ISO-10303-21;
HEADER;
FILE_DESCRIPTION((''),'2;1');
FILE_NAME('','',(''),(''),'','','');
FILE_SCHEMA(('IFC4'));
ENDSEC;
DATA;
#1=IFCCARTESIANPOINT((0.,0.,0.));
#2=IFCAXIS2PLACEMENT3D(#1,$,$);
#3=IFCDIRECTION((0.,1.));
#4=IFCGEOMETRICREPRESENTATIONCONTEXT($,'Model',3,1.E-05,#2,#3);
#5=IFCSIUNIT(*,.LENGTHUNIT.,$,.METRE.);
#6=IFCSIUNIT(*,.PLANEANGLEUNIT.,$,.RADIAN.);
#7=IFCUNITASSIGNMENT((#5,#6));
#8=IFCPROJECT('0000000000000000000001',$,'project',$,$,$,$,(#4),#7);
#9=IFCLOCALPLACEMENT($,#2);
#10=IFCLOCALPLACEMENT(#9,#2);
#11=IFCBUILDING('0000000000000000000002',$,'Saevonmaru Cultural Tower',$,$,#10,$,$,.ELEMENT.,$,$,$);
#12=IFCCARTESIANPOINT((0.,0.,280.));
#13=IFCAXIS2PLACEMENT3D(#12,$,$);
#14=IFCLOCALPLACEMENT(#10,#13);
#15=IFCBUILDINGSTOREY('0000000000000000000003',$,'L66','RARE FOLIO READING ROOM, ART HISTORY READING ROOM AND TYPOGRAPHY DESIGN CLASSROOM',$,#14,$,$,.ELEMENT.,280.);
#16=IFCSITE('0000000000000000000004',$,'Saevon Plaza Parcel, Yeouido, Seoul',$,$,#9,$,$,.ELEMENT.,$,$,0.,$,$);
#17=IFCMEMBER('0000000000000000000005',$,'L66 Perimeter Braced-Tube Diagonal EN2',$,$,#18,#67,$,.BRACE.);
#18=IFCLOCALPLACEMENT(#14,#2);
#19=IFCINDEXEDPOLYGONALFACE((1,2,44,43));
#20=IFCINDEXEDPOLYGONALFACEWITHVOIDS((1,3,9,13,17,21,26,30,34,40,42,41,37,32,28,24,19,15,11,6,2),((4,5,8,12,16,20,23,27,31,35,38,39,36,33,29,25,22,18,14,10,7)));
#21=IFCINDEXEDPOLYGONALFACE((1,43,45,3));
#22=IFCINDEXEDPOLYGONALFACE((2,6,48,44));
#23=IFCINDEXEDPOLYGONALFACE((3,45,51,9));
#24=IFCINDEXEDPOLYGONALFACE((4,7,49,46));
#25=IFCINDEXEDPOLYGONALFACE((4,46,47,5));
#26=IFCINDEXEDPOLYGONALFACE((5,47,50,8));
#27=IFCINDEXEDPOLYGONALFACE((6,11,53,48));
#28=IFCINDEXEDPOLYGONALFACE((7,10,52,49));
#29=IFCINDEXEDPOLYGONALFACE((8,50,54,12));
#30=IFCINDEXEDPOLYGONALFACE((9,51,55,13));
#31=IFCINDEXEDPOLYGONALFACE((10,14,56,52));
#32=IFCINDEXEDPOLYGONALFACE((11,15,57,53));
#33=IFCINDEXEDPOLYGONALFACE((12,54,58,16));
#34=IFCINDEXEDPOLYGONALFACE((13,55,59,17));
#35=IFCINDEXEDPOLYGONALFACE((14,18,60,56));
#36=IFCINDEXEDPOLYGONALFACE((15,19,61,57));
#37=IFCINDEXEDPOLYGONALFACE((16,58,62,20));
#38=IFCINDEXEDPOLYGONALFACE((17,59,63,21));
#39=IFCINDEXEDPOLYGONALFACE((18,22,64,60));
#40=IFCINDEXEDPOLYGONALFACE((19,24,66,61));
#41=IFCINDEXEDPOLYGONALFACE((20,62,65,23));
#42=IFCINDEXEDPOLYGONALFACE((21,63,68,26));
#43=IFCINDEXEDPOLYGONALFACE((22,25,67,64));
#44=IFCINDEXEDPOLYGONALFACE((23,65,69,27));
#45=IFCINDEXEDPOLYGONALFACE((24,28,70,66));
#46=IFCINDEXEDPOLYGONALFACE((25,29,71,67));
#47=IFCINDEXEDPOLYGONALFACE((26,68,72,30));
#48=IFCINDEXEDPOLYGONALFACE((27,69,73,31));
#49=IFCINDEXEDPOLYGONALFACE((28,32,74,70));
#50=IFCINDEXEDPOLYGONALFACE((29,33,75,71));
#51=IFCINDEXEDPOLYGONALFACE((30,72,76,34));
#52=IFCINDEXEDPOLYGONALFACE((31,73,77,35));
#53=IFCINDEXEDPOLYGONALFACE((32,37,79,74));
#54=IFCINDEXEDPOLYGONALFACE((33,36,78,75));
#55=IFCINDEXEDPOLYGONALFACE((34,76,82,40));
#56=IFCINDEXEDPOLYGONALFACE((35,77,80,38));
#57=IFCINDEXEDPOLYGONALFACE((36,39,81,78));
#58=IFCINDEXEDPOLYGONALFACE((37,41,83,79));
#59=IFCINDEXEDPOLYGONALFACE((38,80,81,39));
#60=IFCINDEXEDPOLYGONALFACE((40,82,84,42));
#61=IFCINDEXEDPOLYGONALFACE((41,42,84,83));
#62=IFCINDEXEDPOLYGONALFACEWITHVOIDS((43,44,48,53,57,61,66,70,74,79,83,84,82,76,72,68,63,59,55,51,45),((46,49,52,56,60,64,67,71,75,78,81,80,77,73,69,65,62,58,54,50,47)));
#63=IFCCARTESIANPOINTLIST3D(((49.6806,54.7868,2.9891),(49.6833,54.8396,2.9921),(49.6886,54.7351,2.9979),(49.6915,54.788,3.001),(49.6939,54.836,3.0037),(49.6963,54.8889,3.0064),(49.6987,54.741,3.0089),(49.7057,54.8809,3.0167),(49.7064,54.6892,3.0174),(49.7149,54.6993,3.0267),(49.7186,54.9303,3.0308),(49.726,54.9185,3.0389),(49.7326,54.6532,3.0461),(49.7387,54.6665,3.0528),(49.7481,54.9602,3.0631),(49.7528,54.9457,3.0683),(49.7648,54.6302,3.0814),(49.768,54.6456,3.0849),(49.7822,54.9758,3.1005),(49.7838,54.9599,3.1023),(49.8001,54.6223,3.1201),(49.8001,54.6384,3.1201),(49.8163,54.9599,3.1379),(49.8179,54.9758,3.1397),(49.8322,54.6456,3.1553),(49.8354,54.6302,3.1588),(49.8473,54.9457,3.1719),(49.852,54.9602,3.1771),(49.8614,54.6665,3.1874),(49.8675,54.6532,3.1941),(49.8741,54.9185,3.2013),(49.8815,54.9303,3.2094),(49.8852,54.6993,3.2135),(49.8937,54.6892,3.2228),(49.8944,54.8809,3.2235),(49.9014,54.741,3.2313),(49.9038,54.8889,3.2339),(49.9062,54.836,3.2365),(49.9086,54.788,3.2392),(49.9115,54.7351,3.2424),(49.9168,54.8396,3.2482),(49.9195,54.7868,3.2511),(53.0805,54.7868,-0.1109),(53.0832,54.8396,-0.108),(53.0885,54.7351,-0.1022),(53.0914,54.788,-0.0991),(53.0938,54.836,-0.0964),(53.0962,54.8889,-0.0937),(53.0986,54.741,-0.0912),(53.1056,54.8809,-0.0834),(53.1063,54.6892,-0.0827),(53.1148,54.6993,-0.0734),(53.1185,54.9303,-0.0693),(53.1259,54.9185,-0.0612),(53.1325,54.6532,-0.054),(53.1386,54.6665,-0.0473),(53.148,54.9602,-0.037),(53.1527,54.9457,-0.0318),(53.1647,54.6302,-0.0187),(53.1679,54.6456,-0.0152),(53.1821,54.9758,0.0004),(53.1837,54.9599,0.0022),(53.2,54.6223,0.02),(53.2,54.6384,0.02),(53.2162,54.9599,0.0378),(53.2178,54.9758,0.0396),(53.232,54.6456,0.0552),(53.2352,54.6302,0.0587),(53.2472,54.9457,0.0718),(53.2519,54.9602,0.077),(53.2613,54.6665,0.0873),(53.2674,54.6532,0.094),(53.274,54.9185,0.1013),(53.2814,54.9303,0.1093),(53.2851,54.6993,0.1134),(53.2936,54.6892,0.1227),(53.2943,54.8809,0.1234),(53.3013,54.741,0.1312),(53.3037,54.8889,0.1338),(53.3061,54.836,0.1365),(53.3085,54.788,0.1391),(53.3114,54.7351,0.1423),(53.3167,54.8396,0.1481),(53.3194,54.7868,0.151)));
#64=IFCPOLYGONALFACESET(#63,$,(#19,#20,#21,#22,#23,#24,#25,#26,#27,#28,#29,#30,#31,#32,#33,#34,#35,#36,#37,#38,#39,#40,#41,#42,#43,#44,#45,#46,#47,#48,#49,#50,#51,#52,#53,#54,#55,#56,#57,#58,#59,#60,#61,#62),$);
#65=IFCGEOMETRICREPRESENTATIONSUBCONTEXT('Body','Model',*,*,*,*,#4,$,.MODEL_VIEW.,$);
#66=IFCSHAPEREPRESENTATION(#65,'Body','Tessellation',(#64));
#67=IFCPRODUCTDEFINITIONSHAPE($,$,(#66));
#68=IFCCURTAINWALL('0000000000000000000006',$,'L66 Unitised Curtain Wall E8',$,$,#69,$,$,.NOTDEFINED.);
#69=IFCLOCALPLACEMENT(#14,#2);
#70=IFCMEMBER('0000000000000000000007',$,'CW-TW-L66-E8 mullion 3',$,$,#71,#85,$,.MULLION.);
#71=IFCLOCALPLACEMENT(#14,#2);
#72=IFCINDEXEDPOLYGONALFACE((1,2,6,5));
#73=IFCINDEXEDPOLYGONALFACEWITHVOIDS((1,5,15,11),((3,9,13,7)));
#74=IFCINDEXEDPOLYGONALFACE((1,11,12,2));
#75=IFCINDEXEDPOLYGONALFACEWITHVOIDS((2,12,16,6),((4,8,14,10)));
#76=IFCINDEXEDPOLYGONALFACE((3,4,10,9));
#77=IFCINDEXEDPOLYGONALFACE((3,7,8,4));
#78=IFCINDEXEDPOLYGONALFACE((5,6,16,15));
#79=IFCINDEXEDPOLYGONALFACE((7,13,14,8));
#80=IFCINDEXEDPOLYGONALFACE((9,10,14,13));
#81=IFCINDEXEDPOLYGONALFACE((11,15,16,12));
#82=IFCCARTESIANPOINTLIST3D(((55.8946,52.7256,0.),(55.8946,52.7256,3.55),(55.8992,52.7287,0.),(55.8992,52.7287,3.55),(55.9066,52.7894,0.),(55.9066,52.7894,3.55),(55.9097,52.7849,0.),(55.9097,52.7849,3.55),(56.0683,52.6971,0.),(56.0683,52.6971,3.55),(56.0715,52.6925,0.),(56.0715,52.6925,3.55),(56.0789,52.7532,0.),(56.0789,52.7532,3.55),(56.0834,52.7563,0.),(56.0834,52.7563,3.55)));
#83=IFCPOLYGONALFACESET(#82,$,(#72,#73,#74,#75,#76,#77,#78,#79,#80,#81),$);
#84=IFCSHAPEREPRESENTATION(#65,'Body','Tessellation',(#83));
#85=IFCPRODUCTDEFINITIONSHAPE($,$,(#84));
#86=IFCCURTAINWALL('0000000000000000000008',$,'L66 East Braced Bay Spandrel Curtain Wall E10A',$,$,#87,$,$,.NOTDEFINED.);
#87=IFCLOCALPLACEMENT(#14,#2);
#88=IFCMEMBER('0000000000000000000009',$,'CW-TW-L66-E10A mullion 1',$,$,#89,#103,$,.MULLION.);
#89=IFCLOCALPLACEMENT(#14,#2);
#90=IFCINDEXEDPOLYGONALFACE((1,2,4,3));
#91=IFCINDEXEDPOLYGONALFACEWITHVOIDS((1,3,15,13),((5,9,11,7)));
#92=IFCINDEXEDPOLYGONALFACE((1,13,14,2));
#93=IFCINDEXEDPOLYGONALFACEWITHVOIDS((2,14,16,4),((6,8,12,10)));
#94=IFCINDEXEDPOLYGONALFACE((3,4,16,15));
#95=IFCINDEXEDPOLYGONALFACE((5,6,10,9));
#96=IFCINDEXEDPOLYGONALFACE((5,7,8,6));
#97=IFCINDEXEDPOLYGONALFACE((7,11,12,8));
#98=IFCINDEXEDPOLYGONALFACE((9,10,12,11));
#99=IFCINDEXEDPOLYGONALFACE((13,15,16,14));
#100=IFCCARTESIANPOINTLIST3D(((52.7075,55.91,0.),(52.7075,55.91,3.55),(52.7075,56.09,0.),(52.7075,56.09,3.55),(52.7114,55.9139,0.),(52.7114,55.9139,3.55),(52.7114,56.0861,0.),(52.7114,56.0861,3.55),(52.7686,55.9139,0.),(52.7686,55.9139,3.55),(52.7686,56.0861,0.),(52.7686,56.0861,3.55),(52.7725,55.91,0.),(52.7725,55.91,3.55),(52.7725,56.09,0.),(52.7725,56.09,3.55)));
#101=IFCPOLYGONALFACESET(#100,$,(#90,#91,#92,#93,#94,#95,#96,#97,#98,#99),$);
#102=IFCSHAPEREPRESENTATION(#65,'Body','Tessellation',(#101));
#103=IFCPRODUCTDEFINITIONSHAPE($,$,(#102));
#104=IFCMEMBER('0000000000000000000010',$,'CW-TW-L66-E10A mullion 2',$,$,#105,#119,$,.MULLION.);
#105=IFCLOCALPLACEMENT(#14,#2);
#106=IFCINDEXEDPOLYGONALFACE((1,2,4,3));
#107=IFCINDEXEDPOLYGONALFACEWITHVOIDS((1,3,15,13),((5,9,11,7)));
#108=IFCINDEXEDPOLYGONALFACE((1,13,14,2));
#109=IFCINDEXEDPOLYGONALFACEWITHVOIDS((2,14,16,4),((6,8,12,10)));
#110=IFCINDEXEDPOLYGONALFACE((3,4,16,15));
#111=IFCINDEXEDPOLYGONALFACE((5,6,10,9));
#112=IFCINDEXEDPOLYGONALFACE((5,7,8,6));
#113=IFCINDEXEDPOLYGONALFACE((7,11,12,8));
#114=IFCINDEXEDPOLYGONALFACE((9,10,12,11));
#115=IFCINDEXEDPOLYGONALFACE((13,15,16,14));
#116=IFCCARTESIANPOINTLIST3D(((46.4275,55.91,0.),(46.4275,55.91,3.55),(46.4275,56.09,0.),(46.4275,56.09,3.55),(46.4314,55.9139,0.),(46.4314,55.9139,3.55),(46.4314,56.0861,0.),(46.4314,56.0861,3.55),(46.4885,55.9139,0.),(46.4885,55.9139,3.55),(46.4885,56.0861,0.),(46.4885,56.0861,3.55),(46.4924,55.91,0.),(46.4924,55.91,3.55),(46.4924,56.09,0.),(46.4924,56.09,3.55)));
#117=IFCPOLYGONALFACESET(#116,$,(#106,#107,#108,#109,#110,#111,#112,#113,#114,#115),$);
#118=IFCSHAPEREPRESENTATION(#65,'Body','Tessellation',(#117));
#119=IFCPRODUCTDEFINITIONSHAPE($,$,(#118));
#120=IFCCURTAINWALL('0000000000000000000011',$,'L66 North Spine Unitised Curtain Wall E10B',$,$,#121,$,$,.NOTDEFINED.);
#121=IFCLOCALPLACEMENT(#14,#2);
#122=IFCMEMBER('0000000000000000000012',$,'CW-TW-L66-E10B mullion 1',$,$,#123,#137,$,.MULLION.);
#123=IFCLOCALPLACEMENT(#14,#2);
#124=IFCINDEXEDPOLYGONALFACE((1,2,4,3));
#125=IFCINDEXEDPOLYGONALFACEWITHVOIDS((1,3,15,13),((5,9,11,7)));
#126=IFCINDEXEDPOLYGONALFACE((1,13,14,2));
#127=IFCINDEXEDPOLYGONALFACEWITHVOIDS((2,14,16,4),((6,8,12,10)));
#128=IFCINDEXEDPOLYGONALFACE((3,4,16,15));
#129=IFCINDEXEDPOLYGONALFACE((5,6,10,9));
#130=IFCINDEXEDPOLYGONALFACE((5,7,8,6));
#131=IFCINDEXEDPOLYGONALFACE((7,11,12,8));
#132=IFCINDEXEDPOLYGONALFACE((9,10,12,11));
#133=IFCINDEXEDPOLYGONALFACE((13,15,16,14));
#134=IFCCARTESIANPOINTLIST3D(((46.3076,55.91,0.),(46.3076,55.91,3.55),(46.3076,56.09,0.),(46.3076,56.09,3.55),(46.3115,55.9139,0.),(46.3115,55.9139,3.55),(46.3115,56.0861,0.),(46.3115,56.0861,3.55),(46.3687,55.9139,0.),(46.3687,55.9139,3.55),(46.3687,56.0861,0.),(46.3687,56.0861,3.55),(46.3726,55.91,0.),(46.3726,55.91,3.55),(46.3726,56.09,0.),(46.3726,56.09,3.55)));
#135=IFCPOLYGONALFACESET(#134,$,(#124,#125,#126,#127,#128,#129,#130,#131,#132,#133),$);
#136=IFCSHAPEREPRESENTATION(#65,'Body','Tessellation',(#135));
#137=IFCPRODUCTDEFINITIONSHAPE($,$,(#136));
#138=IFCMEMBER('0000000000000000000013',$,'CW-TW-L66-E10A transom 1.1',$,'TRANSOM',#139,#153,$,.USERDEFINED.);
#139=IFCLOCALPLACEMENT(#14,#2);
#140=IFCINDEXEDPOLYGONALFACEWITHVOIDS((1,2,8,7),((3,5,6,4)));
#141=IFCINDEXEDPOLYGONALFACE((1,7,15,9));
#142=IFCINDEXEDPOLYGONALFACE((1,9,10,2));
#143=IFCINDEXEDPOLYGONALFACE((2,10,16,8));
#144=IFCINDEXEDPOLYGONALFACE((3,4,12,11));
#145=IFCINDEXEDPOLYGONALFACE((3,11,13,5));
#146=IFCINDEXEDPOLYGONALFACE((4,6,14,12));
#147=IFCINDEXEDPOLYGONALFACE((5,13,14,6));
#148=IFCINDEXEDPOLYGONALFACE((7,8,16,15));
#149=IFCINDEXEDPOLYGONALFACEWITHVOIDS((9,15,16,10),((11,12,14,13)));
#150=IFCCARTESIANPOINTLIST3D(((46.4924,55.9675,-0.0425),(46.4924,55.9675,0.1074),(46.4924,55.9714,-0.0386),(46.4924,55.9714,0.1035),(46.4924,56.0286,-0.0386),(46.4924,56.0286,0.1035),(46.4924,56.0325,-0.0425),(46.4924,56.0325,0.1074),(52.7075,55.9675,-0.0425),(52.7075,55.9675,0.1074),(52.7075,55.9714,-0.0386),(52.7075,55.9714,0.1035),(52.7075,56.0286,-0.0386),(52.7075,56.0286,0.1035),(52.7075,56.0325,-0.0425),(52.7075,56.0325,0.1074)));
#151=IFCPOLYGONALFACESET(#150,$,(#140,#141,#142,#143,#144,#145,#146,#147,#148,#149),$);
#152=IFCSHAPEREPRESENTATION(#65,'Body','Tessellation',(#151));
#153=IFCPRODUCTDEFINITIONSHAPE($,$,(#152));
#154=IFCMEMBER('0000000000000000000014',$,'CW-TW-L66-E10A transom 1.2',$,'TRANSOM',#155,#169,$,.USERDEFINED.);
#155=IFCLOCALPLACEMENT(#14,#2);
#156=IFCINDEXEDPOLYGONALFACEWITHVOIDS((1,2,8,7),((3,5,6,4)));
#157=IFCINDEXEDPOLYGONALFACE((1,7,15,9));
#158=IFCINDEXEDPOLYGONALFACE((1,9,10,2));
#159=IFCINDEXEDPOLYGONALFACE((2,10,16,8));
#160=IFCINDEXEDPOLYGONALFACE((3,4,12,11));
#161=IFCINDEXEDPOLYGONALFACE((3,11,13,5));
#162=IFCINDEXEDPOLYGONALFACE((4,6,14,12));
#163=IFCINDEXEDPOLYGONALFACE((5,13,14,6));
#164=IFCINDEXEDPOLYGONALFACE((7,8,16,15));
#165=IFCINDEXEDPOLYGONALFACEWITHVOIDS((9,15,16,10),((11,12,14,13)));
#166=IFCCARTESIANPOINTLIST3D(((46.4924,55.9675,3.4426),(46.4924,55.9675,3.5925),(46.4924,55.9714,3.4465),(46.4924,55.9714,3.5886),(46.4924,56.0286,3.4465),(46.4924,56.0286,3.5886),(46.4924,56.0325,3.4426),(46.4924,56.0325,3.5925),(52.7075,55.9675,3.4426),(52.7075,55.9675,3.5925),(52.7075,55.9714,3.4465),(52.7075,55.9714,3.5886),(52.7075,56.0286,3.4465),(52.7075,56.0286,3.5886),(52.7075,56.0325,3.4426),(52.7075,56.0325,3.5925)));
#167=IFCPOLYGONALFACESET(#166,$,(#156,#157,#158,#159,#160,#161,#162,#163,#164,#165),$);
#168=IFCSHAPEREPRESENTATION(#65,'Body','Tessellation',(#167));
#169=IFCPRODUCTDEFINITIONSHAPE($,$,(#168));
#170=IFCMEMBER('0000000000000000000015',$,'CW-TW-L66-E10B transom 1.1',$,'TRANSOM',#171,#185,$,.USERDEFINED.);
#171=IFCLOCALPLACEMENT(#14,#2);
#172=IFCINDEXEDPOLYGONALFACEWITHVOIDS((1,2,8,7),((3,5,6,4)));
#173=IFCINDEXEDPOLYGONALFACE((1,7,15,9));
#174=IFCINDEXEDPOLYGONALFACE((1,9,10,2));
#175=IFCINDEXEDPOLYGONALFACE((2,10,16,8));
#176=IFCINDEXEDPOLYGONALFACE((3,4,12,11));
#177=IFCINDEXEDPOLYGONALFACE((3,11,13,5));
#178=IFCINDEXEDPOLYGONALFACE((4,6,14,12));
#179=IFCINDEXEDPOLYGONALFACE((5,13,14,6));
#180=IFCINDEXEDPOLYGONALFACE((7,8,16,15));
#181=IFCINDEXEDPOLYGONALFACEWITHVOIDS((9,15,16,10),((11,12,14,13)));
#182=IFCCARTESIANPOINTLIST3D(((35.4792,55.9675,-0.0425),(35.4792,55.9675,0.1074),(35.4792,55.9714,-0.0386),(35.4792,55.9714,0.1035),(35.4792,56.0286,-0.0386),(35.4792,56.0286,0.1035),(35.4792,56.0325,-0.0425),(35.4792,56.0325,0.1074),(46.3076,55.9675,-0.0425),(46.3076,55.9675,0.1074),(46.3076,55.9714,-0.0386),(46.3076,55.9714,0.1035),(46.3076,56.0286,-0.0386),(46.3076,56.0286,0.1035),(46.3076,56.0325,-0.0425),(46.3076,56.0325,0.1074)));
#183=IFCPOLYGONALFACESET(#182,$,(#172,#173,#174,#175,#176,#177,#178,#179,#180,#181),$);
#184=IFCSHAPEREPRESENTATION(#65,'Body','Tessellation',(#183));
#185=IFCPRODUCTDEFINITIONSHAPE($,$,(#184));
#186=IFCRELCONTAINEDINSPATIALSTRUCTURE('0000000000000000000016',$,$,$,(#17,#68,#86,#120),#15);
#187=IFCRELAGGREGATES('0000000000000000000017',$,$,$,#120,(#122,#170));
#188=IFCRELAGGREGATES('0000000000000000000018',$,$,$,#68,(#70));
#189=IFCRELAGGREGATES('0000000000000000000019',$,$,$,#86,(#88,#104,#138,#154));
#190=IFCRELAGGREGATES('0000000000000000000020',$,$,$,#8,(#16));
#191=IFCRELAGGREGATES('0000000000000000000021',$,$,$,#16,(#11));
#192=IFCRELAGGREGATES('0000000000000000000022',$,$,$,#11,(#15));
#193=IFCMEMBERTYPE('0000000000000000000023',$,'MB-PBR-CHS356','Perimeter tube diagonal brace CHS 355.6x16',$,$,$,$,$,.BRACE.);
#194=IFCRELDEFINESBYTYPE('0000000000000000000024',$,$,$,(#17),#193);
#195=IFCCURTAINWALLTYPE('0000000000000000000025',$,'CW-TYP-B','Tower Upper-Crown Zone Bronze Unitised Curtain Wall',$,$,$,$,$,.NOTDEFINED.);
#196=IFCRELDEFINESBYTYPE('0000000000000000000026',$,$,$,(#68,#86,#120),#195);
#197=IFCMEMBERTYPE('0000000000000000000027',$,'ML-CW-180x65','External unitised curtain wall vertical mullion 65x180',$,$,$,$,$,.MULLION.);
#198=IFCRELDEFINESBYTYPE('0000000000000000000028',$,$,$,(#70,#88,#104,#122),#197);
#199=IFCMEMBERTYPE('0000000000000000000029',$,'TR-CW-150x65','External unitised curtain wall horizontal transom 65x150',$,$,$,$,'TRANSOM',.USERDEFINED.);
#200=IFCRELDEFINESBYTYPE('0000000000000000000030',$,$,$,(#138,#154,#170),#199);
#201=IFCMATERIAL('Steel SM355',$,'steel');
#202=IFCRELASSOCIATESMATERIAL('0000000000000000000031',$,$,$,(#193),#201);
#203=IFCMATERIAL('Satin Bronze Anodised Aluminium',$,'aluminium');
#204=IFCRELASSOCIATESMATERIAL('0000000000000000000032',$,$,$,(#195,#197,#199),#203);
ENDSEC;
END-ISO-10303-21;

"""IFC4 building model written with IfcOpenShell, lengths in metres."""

from ifc_helpers import new_model, si_unit, direction, frame, origin, origin_2d, place, context, subcontext, project, spatial, hollow_rectangle, hollow_circle, extrude, material, material_profile, profile_set, type_object, element, aggregate, save


model = new_model("IFC4")

# Units and contexts
model_context = context("Model", 3, precision=1e-05, world=origin(), true_north=direction((0.0, 1.0)))
body_context = subcontext(model_context, "Body", "Model", "MODEL_VIEW")
ifc_project = project(units=[si_unit("LENGTHUNIT", "METRE"), si_unit("PLANEANGLEUNIT", "RADIAN")], contexts=[model_context])

# Site, building, storey
site_placement = place(None, origin())
site = spatial("IfcSite", under=ifc_project, at=site_placement, Name="Saevon Plaza Parcel, Yeouido, Seoul", CompositionType="ELEMENT", RefElevation=0.0)
building_placement = place(site_placement, origin())
building = spatial("IfcBuilding", under=site, at=building_placement, Name="Saevonmaru Cultural Tower", CompositionType="ELEMENT")
storey_placement = place(building_placement, frame((0.0, 0.0, 280.0)))
storey = spatial("IfcBuildingStorey", under=building, at=storey_placement, Name="L66", Description="RARE FOLIO READING ROOM, ART HISTORY READING ROOM AND TYPOGRAPHY DESIGN CLASSROOM", CompositionType="ELEMENT", Elevation=280.0)

# Shared definitions
ifc_material_1 = material(Name="Steel SM355", Category="steel")

# Member
ifc_material_profile_1 = material_profile(ifc_material_1, hollow_circle(Radius=0.1777, WallThickness=0.0161, at=origin_2d()), Name="CHS-355.6x16")
ifc_profile_set_1 = profile_set([ifc_material_profile_1], Name="Steel SM355")
member_type_1 = type_object("IfcMemberType", Name="MB-PBR-CHS356", Description="Perimeter tube diagonal brace CHS 355.6x16", PredefinedType="BRACE", material=ifc_profile_set_1)
member_1_placement = place(storey_placement, frame((53.2, 54.8, 0.02), z_axis=(-0.738936, 0.0, 0.673776), x_axis=(0.0, -1.0, 0.0)))
element("IfcMember", 1, at=member_1_placement, inside=storey, type_object=member_type_1, Name="L66 Perimeter Braced-Tube Diagonal EN2", PredefinedType="BRACE", context=body_context, shape_type="SweptSolid", body=[
    extrude(hollow_circle(Radius=0.1777, WallThickness=0.0161, at=origin_2d()), origin(), (0.0, 0.0, 1.0), 4.6011),
])

# Curtain wall, member
ifc_material_2 = material(Name="Satin Bronze Anodised Aluminium", Category="aluminium")
curtain_wall_type = type_object("IfcCurtainWallType", Name="CW-TYP-B", Description="Tower Upper-Crown Zone Bronze Unitised Curtain Wall", PredefinedType="NOTDEFINED", material=ifc_material_2)
curtain_wall_1_placement = place(storey_placement, origin())
curtain_wall_1 = element("IfcCurtainWall", 2, at=curtain_wall_1_placement, inside=storey, type_object=curtain_wall_type, Name="L66 Unitised Curtain Wall E8", PredefinedType="NOTDEFINED")
ifc_material_profile_2 = material_profile(ifc_material_2, hollow_rectangle(XDim=0.0649, YDim=0.1799, WallThickness=0.0039, at=origin_2d()), Name="ALU-MULL-180x65x4")
ifc_profile_set_2 = profile_set([ifc_material_profile_2], Name="Satin Bronze Anodised Aluminium")
member_type_2 = type_object("IfcMemberType", Name="ML-CW-180x65", Description="External unitised curtain wall vertical mullion 65x180", PredefinedType="MULLION", material=ifc_profile_set_2)
member_2_placement = place(storey_placement, frame((55.989, 52.741, 0.0), z_axis=(0.0, 0.0, 1.0), x_axis=(0.184047, 0.982918, 0.0)))
member_2 = element("IfcMember", 3, at=member_2_placement, type_object=member_type_2, Name="CW-TW-L66-E8 mullion 3", PredefinedType="MULLION", context=body_context, shape_type="SweptSolid", body=[
    extrude(hollow_rectangle(XDim=0.0649, YDim=0.1799, WallThickness=0.0039, at=origin_2d()), origin(), (0.0, 0.0, 1.0), 3.55),
])

# Curtain wall, members
curtain_wall_2_placement = place(storey_placement, origin())
curtain_wall_2 = element("IfcCurtainWall", 4, at=curtain_wall_2_placement, inside=storey, type_object=curtain_wall_type, Name="L66 East Braced Bay Spandrel Curtain Wall E10A", PredefinedType="NOTDEFINED")
member_3_placement = place(storey_placement, frame((52.74, 56.0, 0.0), z_axis=(0.0, 0.0, 1.0), x_axis=(-1.0, 0.0, 0.0)))
member_3 = element("IfcMember", 5, at=member_3_placement, type_object=member_type_2, Name="CW-TW-L66-E10A mullion 1", PredefinedType="MULLION", context=body_context, shape_type="SweptSolid", body=[
    extrude(hollow_rectangle(XDim=0.0649, YDim=0.1799, WallThickness=0.0039, at=origin_2d()), origin(), (0.0, 0.0, 1.0), 3.55),
])
member_4_placement = place(storey_placement, frame((46.46, 56.0, 0.0), z_axis=(0.0, 0.0, 1.0), x_axis=(-1.0, 0.0, 0.0)))
member_4 = element("IfcMember", 6, at=member_4_placement, type_object=member_type_2, Name="CW-TW-L66-E10A mullion 2", PredefinedType="MULLION", context=body_context, shape_type="SweptSolid", body=[
    extrude(hollow_rectangle(XDim=0.0649, YDim=0.1799, WallThickness=0.0039, at=origin_2d()), origin(), (0.0, 0.0, 1.0), 3.55),
])

# Curtain wall, member
curtain_wall_3_placement = place(storey_placement, origin())
curtain_wall_3 = element("IfcCurtainWall", 7, at=curtain_wall_3_placement, inside=storey, type_object=curtain_wall_type, Name="L66 North Spine Unitised Curtain Wall E10B", PredefinedType="NOTDEFINED")
member_5_placement = place(storey_placement, frame((46.3401, 56.0, 0.0), z_axis=(0.0, 0.0, 1.0), x_axis=(-1.0, 0.0, 0.0)))
member_5 = element("IfcMember", 8, at=member_5_placement, type_object=member_type_2, Name="CW-TW-L66-E10B mullion 1", PredefinedType="MULLION", context=body_context, shape_type="SweptSolid", body=[
    extrude(hollow_rectangle(XDim=0.0649, YDim=0.1799, WallThickness=0.0039, at=origin_2d()), origin(), (0.0, 0.0, 1.0), 3.55),
])

# Members
ifc_material_profile_3 = material_profile(ifc_material_2, hollow_rectangle(XDim=0.0649, YDim=0.1499, WallThickness=0.0039, at=origin_2d()), Name="ALU-TRAN-150x65x4")
ifc_profile_set_3 = profile_set([ifc_material_profile_3], Name="Satin Bronze Anodised Aluminium")
member_type_3 = type_object("IfcMemberType", Name="TR-CW-150x65", Description="External unitised curtain wall horizontal transom 65x150", ElementType="TRANSOM", PredefinedType="USERDEFINED", material=ifc_profile_set_3)
member_6_placement = place(storey_placement, frame((52.7075, 56.0, 0.0325), z_axis=(-1.0, 0.0, 0.0), x_axis=(0.0, -1.0, 0.0)))
member_6 = element("IfcMember", 9, at=member_6_placement, type_object=member_type_3, Name="CW-TW-L66-E10A transom 1.1", ObjectType="TRANSOM", PredefinedType="USERDEFINED", context=body_context, shape_type="SweptSolid", body=[
    extrude(hollow_rectangle(XDim=0.0649, YDim=0.1499, WallThickness=0.0039, at=origin_2d()), origin(), (0.0, 0.0, 1.0), 6.2151),
])
member_7_placement = place(storey_placement, frame((52.7075, 56.0, 3.5176), z_axis=(-1.0, 0.0, 0.0), x_axis=(0.0, -1.0, 0.0)))
member_7 = element("IfcMember", 10, at=member_7_placement, type_object=member_type_3, Name="CW-TW-L66-E10A transom 1.2", ObjectType="TRANSOM", PredefinedType="USERDEFINED", context=body_context, shape_type="SweptSolid", body=[
    extrude(hollow_rectangle(XDim=0.0649, YDim=0.1499, WallThickness=0.0039, at=origin_2d()), origin(), (0.0, 0.0, 1.0), 6.2151),
])
member_8_placement = place(storey_placement, frame((46.3076, 56.0, 0.0325), z_axis=(-1.0, 0.0, 0.0), x_axis=(0.0, -1.0, 0.0)))
member_8 = element("IfcMember", 11, at=member_8_placement, type_object=member_type_3, Name="CW-TW-L66-E10B transom 1.1", ObjectType="TRANSOM", PredefinedType="USERDEFINED", context=body_context, shape_type="SweptSolid", body=[
    extrude(hollow_rectangle(XDim=0.0649, YDim=0.1499, WallThickness=0.0039, at=origin_2d()), origin(), (0.0, 0.0, 1.0), 10.8284),
])
aggregate(curtain_wall_3, [member_5, member_8])

aggregate(curtain_wall_1, [member_2])
aggregate(curtain_wall_2, [member_3, member_4, member_6, member_7])

save(model, "model.ifc")
